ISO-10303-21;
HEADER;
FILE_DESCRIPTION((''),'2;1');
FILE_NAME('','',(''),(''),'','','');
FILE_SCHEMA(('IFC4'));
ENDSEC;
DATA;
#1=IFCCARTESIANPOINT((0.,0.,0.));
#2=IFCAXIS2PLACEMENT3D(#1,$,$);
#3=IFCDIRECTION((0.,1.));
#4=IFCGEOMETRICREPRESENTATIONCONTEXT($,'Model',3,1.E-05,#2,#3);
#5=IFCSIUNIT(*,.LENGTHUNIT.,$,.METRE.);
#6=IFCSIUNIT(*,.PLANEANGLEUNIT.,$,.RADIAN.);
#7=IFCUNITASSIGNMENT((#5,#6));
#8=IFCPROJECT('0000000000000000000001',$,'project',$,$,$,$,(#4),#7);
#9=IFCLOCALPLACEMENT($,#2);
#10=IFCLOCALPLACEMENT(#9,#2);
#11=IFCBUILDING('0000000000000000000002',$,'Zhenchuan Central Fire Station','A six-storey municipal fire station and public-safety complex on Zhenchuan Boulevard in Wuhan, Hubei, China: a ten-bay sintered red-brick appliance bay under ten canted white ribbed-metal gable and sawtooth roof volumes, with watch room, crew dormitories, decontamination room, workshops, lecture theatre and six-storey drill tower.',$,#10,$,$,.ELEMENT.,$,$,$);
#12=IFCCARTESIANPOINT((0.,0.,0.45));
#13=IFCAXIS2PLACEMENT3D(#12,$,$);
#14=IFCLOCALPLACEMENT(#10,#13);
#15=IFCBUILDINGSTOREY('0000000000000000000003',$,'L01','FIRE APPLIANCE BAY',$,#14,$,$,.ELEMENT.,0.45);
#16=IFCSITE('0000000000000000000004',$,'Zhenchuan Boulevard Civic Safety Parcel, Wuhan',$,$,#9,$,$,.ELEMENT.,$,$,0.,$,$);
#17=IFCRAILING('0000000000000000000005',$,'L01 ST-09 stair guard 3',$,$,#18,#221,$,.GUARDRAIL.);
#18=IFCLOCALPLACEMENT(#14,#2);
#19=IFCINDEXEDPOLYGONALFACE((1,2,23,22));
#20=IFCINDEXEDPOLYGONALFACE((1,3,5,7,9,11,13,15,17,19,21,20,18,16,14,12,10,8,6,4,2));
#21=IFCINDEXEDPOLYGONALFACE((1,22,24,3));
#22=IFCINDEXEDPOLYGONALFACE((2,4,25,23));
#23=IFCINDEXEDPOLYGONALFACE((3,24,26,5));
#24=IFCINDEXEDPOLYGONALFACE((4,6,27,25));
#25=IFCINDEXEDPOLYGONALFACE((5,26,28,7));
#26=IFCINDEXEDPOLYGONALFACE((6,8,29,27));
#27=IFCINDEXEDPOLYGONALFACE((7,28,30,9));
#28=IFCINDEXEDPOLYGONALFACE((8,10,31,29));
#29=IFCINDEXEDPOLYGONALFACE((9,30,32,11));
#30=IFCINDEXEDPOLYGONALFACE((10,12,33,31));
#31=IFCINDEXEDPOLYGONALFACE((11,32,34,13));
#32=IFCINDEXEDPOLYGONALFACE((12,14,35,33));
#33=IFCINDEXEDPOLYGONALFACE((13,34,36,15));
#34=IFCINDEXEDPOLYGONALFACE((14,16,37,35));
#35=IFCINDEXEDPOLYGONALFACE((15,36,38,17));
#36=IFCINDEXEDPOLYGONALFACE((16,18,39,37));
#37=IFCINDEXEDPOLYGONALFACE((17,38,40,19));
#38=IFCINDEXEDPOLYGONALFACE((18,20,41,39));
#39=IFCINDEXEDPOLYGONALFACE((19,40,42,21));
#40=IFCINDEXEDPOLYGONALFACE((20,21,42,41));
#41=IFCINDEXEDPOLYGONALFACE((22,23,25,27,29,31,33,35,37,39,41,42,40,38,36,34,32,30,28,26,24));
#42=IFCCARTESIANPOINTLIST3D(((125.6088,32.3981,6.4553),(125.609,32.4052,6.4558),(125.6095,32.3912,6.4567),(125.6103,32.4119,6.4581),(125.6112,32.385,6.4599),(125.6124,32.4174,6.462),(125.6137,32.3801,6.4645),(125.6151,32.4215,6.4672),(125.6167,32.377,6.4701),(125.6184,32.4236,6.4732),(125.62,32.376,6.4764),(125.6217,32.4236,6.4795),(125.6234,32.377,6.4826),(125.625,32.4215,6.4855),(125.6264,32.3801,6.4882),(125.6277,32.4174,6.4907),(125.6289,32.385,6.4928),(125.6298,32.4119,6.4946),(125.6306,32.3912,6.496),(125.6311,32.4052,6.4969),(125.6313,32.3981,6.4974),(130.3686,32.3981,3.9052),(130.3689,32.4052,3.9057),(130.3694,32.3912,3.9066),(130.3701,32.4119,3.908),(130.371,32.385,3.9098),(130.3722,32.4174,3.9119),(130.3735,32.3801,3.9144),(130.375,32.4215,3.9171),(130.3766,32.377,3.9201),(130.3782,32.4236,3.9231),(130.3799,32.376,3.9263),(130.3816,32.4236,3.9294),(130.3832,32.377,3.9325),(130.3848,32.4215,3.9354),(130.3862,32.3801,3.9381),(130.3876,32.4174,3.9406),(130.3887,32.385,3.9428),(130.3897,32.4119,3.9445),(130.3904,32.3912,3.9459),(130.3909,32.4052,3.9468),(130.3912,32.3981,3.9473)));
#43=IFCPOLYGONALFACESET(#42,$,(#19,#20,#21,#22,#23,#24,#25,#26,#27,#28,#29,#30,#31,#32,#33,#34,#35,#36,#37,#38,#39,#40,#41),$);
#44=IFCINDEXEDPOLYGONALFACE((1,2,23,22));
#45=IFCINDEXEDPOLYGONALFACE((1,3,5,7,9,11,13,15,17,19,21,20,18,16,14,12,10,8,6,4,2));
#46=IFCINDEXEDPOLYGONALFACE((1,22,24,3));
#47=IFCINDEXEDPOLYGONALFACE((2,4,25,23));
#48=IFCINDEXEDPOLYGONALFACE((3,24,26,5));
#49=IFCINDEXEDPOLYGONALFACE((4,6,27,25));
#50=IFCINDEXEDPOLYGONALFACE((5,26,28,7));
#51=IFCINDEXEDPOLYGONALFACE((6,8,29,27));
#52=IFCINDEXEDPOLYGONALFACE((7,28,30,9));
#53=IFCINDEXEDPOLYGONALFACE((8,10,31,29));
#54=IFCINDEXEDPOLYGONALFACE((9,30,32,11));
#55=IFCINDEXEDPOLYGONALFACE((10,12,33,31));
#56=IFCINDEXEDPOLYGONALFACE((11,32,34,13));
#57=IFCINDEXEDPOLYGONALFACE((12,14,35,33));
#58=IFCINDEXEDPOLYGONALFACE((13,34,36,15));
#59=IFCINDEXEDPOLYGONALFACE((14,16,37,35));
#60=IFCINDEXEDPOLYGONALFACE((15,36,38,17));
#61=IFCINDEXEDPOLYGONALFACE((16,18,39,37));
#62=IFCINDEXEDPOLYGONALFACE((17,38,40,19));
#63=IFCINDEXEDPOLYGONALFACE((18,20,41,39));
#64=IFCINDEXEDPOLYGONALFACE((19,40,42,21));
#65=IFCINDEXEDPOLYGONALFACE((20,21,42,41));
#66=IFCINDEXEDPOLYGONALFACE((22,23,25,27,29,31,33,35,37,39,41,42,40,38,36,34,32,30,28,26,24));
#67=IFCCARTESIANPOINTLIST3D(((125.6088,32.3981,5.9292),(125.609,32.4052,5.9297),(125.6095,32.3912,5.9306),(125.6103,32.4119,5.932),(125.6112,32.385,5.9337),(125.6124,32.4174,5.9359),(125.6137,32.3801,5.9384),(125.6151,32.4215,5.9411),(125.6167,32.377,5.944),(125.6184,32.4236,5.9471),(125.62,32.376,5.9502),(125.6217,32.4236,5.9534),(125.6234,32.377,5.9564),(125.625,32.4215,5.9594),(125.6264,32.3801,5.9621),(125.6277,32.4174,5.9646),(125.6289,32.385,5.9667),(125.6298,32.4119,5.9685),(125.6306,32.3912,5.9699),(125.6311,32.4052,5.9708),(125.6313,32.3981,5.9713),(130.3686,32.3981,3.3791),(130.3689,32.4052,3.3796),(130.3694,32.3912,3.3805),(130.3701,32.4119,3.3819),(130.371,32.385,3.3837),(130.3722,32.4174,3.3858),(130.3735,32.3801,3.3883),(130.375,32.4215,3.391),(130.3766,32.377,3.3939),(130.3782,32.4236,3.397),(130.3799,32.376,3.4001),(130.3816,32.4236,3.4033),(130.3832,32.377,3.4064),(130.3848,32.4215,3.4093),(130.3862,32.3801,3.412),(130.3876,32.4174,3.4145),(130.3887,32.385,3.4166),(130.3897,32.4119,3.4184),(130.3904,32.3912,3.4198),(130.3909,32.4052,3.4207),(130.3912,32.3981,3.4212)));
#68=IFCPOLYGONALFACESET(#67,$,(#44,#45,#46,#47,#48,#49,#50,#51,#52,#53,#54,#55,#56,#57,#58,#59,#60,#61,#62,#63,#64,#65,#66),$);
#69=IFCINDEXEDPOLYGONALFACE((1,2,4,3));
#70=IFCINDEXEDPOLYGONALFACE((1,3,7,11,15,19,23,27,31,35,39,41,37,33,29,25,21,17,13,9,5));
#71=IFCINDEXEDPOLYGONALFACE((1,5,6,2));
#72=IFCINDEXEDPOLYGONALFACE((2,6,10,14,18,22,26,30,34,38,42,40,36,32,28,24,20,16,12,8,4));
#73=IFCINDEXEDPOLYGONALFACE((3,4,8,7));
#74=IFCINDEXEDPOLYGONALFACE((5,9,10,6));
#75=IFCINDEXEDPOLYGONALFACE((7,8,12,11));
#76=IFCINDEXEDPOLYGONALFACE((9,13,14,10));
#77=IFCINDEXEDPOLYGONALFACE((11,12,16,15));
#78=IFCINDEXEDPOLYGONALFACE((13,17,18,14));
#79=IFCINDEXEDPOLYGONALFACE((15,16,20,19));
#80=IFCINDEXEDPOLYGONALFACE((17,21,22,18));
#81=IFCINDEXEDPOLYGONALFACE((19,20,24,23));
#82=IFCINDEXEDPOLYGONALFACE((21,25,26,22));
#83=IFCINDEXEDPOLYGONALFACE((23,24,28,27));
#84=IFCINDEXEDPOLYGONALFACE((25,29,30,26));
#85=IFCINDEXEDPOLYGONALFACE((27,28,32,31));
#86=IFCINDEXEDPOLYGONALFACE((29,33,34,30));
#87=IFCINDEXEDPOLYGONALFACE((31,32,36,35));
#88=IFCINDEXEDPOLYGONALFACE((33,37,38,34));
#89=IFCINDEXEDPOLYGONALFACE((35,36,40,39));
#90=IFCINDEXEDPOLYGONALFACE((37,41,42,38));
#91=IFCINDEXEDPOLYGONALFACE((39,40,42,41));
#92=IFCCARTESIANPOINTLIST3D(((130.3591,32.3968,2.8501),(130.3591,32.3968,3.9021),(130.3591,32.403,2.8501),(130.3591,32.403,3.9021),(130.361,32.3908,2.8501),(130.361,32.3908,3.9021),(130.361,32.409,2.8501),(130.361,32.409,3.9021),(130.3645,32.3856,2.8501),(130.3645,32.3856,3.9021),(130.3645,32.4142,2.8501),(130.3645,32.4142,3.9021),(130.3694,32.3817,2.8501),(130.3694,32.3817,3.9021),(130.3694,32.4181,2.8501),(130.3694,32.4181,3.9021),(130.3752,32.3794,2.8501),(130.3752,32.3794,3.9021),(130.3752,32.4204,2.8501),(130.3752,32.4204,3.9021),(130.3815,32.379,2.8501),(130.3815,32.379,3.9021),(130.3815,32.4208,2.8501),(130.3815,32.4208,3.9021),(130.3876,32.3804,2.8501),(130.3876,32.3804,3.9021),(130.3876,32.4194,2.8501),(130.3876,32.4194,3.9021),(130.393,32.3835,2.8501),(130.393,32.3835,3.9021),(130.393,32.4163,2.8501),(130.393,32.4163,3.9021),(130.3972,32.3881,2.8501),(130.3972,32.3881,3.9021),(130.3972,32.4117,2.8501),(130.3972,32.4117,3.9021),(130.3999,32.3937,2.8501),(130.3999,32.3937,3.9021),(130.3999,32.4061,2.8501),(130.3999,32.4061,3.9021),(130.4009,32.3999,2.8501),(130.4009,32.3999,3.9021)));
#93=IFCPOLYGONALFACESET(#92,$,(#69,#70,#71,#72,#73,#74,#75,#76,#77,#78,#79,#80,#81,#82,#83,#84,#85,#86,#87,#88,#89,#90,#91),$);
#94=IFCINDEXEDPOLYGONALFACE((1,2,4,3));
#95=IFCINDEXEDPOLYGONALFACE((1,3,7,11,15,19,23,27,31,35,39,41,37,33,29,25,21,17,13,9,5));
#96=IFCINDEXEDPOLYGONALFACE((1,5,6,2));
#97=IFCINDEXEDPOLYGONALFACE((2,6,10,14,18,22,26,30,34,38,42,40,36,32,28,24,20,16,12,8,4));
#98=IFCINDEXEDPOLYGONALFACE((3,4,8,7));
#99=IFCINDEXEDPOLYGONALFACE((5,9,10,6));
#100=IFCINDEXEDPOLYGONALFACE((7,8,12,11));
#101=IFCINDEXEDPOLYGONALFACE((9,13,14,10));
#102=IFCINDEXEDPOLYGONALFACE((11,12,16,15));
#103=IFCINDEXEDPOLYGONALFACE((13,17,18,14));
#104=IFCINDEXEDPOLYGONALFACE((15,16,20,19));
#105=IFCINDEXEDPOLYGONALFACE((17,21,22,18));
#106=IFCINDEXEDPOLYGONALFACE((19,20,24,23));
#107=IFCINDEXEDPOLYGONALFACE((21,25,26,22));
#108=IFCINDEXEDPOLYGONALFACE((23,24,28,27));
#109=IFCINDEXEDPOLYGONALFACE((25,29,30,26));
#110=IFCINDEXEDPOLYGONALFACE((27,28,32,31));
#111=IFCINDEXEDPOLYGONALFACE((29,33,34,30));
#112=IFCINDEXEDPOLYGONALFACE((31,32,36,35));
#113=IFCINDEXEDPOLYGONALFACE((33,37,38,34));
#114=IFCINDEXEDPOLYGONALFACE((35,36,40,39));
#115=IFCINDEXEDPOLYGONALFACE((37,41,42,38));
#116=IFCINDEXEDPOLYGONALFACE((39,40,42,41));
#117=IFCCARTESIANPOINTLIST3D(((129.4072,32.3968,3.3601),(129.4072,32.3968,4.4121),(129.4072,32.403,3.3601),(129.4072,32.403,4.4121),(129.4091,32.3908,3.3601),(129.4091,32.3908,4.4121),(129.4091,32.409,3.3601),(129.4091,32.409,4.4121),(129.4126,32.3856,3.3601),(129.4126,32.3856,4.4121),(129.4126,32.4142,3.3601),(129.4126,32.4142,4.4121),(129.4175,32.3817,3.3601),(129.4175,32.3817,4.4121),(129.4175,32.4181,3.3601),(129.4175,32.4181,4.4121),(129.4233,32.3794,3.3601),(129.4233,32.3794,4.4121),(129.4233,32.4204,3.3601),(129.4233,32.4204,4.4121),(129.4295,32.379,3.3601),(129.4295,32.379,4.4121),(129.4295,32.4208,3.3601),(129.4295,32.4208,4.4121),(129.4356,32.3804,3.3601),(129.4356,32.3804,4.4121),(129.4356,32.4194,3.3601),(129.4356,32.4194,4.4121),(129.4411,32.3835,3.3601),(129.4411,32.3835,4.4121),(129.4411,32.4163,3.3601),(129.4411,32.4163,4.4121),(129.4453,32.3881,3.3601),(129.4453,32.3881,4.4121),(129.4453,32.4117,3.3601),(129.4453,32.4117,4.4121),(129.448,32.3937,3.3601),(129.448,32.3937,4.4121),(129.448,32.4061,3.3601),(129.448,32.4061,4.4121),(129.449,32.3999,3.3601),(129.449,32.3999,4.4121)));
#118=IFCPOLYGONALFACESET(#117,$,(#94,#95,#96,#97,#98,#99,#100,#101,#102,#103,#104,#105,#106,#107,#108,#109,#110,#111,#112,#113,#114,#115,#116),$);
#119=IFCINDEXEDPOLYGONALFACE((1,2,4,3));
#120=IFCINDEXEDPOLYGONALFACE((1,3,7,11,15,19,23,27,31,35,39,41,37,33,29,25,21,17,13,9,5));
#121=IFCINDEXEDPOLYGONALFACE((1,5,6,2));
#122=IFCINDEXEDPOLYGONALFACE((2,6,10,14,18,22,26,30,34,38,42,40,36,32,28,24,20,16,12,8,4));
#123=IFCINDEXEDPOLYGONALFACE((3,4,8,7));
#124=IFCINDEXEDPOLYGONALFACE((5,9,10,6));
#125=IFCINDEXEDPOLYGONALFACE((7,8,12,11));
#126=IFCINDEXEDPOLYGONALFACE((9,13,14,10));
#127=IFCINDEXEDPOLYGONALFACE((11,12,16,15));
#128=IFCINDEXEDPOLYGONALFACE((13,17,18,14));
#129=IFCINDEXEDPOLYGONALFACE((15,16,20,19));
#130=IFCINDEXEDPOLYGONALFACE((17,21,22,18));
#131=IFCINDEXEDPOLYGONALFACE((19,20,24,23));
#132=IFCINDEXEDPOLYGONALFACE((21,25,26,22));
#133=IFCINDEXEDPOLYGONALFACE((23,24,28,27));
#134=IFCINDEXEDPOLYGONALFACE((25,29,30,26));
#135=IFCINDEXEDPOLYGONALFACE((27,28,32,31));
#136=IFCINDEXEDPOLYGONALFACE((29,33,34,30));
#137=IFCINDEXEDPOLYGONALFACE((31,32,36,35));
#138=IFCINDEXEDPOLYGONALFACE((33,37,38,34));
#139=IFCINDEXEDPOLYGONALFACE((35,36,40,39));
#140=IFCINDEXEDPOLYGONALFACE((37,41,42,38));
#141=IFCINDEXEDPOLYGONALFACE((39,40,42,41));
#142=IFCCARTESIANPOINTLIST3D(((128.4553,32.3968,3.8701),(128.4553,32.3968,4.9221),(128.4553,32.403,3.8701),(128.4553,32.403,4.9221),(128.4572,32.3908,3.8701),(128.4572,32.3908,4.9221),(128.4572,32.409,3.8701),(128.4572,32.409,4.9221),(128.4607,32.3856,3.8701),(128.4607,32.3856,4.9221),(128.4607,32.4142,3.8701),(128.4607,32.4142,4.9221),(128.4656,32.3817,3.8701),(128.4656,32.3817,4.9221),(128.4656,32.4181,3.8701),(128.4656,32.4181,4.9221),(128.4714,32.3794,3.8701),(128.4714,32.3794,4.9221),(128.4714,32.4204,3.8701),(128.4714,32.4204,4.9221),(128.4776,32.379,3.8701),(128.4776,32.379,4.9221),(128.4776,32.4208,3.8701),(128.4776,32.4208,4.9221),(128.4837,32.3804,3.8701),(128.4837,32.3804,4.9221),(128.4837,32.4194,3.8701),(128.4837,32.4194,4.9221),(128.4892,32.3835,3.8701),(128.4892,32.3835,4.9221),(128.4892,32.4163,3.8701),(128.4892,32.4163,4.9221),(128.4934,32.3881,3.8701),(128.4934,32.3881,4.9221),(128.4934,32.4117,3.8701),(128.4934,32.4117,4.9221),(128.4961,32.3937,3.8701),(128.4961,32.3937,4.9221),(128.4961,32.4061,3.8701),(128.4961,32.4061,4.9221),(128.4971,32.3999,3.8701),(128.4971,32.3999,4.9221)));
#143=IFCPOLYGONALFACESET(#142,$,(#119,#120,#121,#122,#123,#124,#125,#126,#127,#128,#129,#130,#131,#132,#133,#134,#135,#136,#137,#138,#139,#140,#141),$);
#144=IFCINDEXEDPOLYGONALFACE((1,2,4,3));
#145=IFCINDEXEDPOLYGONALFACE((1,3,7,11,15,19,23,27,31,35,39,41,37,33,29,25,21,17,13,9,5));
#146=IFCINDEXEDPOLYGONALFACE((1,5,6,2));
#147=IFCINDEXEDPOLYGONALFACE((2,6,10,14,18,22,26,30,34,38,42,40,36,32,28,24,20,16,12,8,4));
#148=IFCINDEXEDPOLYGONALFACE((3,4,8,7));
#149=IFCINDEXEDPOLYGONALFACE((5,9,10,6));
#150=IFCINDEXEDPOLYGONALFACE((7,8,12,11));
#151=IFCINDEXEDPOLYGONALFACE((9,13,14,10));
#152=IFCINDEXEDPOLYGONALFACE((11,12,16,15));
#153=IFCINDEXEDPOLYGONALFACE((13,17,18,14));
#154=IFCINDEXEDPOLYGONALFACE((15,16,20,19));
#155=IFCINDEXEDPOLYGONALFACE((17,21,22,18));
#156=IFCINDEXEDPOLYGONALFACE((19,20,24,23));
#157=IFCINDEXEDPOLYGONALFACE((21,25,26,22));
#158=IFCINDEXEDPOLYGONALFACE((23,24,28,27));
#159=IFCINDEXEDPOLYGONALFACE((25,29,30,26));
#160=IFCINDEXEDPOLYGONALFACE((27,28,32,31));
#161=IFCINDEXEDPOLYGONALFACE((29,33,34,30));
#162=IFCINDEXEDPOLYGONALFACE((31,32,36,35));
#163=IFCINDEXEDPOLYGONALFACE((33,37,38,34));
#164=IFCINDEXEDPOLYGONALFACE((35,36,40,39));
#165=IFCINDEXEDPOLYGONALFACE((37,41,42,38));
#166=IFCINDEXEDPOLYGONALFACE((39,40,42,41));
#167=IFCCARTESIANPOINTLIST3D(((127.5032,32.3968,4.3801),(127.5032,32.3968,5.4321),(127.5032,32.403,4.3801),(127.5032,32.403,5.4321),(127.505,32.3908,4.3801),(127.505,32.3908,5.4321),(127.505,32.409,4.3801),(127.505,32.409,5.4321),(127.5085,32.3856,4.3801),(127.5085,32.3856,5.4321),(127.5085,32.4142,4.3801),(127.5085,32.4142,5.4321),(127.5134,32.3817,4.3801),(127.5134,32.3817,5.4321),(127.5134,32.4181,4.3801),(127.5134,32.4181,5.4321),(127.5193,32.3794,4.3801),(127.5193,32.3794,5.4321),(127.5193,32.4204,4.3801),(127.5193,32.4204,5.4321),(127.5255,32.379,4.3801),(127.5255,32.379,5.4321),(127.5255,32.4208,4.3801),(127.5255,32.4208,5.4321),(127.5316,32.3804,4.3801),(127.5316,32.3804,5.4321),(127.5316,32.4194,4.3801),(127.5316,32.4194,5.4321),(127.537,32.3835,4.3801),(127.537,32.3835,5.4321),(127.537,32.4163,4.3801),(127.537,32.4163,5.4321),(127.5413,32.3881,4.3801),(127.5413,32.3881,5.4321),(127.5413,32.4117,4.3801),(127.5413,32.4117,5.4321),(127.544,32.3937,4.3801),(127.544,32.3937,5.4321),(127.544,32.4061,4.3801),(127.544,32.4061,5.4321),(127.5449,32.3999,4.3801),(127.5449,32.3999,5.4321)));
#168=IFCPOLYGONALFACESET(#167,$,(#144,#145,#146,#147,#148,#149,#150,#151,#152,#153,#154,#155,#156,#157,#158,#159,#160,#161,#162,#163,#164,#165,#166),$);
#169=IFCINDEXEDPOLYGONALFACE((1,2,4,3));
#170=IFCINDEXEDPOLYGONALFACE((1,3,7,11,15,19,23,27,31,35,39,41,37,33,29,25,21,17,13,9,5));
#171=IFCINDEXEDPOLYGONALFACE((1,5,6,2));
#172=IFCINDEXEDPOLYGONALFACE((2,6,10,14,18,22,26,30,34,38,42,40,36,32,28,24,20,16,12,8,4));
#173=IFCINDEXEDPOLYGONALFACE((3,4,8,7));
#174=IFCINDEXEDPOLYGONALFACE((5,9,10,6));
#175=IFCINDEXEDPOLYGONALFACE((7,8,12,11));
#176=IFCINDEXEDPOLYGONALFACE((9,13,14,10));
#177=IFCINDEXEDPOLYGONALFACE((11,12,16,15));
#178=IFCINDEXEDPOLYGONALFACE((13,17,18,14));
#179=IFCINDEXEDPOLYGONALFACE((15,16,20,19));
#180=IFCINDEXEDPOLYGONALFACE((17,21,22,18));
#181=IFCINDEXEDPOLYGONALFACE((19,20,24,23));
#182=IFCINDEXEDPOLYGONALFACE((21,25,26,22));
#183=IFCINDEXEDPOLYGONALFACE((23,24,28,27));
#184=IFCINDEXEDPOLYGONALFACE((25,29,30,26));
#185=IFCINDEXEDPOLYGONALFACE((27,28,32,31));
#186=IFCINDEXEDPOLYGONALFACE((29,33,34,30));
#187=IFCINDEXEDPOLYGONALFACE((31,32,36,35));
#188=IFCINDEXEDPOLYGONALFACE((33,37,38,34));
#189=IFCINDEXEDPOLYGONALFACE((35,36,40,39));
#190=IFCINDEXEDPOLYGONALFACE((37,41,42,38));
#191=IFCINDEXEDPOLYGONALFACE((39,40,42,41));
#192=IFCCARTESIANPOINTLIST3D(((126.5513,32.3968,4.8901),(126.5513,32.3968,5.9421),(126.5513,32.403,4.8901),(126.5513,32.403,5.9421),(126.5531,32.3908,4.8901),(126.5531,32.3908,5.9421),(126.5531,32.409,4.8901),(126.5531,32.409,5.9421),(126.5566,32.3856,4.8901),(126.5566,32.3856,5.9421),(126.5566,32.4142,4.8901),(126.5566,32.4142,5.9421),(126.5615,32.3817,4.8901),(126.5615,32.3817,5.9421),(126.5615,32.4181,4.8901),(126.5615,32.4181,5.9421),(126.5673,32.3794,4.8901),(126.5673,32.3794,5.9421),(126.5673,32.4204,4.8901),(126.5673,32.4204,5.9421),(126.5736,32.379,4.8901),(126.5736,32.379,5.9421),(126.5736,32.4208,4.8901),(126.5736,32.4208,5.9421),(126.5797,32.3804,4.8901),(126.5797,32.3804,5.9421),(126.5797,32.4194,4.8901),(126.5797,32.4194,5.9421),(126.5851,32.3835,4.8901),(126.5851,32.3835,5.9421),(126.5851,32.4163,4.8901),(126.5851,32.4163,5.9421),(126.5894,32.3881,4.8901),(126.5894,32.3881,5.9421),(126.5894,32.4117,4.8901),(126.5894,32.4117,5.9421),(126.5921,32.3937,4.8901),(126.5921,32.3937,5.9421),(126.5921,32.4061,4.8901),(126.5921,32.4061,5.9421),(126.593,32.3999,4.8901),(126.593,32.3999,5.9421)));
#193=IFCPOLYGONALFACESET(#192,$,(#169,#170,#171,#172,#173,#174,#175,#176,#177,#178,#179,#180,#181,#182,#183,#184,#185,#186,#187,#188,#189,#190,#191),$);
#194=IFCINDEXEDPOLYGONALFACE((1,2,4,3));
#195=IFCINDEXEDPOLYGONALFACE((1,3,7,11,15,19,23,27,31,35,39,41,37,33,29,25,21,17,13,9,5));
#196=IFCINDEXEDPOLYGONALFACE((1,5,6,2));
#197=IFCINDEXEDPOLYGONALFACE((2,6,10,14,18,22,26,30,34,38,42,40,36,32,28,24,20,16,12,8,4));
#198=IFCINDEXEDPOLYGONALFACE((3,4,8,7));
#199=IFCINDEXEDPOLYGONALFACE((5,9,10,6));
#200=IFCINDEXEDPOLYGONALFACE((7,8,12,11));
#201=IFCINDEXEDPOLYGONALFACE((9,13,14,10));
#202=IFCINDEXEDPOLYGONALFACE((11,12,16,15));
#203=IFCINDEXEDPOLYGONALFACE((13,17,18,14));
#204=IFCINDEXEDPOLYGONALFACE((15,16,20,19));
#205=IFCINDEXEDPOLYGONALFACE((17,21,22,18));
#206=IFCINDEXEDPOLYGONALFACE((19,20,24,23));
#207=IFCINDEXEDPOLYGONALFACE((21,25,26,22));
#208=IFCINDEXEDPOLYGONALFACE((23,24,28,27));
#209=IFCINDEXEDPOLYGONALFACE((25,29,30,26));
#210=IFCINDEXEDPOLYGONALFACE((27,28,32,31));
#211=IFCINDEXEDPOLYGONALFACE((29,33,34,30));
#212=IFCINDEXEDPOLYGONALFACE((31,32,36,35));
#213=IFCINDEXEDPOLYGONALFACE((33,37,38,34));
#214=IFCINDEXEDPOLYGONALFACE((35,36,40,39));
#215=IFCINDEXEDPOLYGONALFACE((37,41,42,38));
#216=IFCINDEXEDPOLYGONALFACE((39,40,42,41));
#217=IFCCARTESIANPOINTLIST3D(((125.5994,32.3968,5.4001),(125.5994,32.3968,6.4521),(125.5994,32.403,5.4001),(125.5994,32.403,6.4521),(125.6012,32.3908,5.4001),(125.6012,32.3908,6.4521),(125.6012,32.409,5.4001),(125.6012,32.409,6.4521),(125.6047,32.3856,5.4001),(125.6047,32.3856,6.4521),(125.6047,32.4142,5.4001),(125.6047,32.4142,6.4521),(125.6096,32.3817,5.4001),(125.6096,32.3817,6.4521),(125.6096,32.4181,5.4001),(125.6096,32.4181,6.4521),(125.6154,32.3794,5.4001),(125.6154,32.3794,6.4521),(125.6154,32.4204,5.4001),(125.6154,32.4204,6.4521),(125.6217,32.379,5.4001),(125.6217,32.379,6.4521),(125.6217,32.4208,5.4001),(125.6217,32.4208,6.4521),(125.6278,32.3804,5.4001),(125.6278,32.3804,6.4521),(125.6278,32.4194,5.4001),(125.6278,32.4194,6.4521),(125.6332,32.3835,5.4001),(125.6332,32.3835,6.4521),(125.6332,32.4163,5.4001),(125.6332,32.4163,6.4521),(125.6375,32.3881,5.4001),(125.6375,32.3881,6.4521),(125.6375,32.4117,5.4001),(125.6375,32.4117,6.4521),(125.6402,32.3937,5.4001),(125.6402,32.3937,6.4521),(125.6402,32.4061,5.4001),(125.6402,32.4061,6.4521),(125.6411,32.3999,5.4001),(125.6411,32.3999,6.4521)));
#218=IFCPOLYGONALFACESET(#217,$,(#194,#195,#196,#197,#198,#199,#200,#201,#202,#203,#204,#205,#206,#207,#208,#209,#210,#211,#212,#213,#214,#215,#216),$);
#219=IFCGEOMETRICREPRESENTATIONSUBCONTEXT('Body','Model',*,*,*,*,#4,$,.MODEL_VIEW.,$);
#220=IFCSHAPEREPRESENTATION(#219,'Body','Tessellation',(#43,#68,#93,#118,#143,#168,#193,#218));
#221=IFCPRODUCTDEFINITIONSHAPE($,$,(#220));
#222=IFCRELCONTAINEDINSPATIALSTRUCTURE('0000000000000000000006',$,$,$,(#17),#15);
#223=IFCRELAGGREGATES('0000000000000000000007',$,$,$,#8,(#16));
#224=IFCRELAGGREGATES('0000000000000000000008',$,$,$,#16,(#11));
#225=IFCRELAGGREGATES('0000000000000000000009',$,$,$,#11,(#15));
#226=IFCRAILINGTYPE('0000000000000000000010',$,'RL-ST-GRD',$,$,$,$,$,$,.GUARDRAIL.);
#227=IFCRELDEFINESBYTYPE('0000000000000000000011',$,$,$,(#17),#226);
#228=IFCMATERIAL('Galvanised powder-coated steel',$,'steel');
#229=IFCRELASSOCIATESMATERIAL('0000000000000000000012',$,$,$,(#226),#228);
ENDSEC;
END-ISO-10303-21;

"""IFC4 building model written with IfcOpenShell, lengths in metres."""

from ifc_helpers import new_model, si_unit, direction, frame, origin, origin_2d, place, context, subcontext, project, spatial, circle, extrude, material, type_object, element, save


model = new_model("IFC4")

# Units and contexts
model_context = context("Model", 3, precision=1e-05, world=origin(), true_north=direction((0.0, 1.0)))
body_context = subcontext(model_context, "Body", "Model", "MODEL_VIEW")
ifc_project = project(units=[si_unit("LENGTHUNIT", "METRE"), si_unit("PLANEANGLEUNIT", "RADIAN")], contexts=[model_context])

# Site, building, storey
site_placement = place(None, origin())
site = spatial("IfcSite", under=ifc_project, at=site_placement, Name="Zhenchuan Boulevard Civic Safety Parcel, Wuhan", CompositionType="ELEMENT", RefElevation=0.0)
building_placement = place(site_placement, origin())
building = spatial("IfcBuilding", under=site, at=building_placement, Name="Zhenchuan Central Fire Station", Description="A six-storey municipal fire station and public-safety complex on Zhenchuan Boulevard in Wuhan, Hubei, China: a ten-bay sintered red-brick appliance bay under ten canted white ribbed-metal gable and sawtooth roof volumes, with watch room, crew dormitories, decontamination room, workshops, lecture theatre and six-storey drill tower.", CompositionType="ELEMENT")
storey_placement = place(building_placement, frame((0.0, 0.0, 0.45)))
storey = spatial("IfcBuildingStorey", under=building, at=storey_placement, Name="L01", Description="FIRE APPLIANCE BAY", CompositionType="ELEMENT", Elevation=0.45)

# Railing
ifc_material_1 = material(Name="Galvanised powder-coated steel", Category="steel")
railing_type_1 = type_object("IfcRailingType", Name="RL-ST-GRD", PredefinedType="GUARDRAIL", material=ifc_material_1)
railing_1_placement = place(storey_placement, frame((130.3799, 32.3999, 2.8501)))
element("IfcRailing", 1, at=railing_1_placement, inside=storey, type_object=railing_type_1, Name="L01 ST-09 stair guard 3", PredefinedType="GUARDRAIL", context=body_context, shape_type="SweptSolid", body=[
    extrude(circle(Radius=0.0239, at=origin_2d()), frame((0.0, 0.0, 1.0762), z_axis=(-0.881467, 0.0, 0.472247), x_axis=(0.0, -1.0, 0.0)), (0.0, 0.0, 1.0), 5.3999),
    extrude(circle(Radius=0.0239, at=origin_2d()), frame((0.0, 0.0, 0.55), z_axis=(-0.881467, 0.0, 0.472247), x_axis=(0.0, -1.0, 0.0)), (0.0, 0.0, 1.0), 5.3999),
    extrude(circle(Radius=0.021, at=origin_2d()), origin(), (0.0, 0.0, 1.0), 1.052),
    extrude(circle(Radius=0.021, at=origin_2d()), frame((-0.9519, 0.0, 0.51)), (0.0, 0.0, 1.0), 1.052),
    extrude(circle(Radius=0.021, at=origin_2d()), frame((-1.9038, 0.0, 1.02)), (0.0, 0.0, 1.0), 1.052),
    extrude(circle(Radius=0.021, at=origin_2d()), frame((-2.856, 0.0, 1.53)), (0.0, 0.0, 1.0), 1.052),
    extrude(circle(Radius=0.021, at=origin_2d()), frame((-3.8079, 0.0, 2.04)), (0.0, 0.0, 1.0), 1.052),
    extrude(circle(Radius=0.021, at=origin_2d()), frame((-4.7598, 0.0, 2.55)), (0.0, 0.0, 1.0), 1.052),
])

save(model, "model.ifc")
